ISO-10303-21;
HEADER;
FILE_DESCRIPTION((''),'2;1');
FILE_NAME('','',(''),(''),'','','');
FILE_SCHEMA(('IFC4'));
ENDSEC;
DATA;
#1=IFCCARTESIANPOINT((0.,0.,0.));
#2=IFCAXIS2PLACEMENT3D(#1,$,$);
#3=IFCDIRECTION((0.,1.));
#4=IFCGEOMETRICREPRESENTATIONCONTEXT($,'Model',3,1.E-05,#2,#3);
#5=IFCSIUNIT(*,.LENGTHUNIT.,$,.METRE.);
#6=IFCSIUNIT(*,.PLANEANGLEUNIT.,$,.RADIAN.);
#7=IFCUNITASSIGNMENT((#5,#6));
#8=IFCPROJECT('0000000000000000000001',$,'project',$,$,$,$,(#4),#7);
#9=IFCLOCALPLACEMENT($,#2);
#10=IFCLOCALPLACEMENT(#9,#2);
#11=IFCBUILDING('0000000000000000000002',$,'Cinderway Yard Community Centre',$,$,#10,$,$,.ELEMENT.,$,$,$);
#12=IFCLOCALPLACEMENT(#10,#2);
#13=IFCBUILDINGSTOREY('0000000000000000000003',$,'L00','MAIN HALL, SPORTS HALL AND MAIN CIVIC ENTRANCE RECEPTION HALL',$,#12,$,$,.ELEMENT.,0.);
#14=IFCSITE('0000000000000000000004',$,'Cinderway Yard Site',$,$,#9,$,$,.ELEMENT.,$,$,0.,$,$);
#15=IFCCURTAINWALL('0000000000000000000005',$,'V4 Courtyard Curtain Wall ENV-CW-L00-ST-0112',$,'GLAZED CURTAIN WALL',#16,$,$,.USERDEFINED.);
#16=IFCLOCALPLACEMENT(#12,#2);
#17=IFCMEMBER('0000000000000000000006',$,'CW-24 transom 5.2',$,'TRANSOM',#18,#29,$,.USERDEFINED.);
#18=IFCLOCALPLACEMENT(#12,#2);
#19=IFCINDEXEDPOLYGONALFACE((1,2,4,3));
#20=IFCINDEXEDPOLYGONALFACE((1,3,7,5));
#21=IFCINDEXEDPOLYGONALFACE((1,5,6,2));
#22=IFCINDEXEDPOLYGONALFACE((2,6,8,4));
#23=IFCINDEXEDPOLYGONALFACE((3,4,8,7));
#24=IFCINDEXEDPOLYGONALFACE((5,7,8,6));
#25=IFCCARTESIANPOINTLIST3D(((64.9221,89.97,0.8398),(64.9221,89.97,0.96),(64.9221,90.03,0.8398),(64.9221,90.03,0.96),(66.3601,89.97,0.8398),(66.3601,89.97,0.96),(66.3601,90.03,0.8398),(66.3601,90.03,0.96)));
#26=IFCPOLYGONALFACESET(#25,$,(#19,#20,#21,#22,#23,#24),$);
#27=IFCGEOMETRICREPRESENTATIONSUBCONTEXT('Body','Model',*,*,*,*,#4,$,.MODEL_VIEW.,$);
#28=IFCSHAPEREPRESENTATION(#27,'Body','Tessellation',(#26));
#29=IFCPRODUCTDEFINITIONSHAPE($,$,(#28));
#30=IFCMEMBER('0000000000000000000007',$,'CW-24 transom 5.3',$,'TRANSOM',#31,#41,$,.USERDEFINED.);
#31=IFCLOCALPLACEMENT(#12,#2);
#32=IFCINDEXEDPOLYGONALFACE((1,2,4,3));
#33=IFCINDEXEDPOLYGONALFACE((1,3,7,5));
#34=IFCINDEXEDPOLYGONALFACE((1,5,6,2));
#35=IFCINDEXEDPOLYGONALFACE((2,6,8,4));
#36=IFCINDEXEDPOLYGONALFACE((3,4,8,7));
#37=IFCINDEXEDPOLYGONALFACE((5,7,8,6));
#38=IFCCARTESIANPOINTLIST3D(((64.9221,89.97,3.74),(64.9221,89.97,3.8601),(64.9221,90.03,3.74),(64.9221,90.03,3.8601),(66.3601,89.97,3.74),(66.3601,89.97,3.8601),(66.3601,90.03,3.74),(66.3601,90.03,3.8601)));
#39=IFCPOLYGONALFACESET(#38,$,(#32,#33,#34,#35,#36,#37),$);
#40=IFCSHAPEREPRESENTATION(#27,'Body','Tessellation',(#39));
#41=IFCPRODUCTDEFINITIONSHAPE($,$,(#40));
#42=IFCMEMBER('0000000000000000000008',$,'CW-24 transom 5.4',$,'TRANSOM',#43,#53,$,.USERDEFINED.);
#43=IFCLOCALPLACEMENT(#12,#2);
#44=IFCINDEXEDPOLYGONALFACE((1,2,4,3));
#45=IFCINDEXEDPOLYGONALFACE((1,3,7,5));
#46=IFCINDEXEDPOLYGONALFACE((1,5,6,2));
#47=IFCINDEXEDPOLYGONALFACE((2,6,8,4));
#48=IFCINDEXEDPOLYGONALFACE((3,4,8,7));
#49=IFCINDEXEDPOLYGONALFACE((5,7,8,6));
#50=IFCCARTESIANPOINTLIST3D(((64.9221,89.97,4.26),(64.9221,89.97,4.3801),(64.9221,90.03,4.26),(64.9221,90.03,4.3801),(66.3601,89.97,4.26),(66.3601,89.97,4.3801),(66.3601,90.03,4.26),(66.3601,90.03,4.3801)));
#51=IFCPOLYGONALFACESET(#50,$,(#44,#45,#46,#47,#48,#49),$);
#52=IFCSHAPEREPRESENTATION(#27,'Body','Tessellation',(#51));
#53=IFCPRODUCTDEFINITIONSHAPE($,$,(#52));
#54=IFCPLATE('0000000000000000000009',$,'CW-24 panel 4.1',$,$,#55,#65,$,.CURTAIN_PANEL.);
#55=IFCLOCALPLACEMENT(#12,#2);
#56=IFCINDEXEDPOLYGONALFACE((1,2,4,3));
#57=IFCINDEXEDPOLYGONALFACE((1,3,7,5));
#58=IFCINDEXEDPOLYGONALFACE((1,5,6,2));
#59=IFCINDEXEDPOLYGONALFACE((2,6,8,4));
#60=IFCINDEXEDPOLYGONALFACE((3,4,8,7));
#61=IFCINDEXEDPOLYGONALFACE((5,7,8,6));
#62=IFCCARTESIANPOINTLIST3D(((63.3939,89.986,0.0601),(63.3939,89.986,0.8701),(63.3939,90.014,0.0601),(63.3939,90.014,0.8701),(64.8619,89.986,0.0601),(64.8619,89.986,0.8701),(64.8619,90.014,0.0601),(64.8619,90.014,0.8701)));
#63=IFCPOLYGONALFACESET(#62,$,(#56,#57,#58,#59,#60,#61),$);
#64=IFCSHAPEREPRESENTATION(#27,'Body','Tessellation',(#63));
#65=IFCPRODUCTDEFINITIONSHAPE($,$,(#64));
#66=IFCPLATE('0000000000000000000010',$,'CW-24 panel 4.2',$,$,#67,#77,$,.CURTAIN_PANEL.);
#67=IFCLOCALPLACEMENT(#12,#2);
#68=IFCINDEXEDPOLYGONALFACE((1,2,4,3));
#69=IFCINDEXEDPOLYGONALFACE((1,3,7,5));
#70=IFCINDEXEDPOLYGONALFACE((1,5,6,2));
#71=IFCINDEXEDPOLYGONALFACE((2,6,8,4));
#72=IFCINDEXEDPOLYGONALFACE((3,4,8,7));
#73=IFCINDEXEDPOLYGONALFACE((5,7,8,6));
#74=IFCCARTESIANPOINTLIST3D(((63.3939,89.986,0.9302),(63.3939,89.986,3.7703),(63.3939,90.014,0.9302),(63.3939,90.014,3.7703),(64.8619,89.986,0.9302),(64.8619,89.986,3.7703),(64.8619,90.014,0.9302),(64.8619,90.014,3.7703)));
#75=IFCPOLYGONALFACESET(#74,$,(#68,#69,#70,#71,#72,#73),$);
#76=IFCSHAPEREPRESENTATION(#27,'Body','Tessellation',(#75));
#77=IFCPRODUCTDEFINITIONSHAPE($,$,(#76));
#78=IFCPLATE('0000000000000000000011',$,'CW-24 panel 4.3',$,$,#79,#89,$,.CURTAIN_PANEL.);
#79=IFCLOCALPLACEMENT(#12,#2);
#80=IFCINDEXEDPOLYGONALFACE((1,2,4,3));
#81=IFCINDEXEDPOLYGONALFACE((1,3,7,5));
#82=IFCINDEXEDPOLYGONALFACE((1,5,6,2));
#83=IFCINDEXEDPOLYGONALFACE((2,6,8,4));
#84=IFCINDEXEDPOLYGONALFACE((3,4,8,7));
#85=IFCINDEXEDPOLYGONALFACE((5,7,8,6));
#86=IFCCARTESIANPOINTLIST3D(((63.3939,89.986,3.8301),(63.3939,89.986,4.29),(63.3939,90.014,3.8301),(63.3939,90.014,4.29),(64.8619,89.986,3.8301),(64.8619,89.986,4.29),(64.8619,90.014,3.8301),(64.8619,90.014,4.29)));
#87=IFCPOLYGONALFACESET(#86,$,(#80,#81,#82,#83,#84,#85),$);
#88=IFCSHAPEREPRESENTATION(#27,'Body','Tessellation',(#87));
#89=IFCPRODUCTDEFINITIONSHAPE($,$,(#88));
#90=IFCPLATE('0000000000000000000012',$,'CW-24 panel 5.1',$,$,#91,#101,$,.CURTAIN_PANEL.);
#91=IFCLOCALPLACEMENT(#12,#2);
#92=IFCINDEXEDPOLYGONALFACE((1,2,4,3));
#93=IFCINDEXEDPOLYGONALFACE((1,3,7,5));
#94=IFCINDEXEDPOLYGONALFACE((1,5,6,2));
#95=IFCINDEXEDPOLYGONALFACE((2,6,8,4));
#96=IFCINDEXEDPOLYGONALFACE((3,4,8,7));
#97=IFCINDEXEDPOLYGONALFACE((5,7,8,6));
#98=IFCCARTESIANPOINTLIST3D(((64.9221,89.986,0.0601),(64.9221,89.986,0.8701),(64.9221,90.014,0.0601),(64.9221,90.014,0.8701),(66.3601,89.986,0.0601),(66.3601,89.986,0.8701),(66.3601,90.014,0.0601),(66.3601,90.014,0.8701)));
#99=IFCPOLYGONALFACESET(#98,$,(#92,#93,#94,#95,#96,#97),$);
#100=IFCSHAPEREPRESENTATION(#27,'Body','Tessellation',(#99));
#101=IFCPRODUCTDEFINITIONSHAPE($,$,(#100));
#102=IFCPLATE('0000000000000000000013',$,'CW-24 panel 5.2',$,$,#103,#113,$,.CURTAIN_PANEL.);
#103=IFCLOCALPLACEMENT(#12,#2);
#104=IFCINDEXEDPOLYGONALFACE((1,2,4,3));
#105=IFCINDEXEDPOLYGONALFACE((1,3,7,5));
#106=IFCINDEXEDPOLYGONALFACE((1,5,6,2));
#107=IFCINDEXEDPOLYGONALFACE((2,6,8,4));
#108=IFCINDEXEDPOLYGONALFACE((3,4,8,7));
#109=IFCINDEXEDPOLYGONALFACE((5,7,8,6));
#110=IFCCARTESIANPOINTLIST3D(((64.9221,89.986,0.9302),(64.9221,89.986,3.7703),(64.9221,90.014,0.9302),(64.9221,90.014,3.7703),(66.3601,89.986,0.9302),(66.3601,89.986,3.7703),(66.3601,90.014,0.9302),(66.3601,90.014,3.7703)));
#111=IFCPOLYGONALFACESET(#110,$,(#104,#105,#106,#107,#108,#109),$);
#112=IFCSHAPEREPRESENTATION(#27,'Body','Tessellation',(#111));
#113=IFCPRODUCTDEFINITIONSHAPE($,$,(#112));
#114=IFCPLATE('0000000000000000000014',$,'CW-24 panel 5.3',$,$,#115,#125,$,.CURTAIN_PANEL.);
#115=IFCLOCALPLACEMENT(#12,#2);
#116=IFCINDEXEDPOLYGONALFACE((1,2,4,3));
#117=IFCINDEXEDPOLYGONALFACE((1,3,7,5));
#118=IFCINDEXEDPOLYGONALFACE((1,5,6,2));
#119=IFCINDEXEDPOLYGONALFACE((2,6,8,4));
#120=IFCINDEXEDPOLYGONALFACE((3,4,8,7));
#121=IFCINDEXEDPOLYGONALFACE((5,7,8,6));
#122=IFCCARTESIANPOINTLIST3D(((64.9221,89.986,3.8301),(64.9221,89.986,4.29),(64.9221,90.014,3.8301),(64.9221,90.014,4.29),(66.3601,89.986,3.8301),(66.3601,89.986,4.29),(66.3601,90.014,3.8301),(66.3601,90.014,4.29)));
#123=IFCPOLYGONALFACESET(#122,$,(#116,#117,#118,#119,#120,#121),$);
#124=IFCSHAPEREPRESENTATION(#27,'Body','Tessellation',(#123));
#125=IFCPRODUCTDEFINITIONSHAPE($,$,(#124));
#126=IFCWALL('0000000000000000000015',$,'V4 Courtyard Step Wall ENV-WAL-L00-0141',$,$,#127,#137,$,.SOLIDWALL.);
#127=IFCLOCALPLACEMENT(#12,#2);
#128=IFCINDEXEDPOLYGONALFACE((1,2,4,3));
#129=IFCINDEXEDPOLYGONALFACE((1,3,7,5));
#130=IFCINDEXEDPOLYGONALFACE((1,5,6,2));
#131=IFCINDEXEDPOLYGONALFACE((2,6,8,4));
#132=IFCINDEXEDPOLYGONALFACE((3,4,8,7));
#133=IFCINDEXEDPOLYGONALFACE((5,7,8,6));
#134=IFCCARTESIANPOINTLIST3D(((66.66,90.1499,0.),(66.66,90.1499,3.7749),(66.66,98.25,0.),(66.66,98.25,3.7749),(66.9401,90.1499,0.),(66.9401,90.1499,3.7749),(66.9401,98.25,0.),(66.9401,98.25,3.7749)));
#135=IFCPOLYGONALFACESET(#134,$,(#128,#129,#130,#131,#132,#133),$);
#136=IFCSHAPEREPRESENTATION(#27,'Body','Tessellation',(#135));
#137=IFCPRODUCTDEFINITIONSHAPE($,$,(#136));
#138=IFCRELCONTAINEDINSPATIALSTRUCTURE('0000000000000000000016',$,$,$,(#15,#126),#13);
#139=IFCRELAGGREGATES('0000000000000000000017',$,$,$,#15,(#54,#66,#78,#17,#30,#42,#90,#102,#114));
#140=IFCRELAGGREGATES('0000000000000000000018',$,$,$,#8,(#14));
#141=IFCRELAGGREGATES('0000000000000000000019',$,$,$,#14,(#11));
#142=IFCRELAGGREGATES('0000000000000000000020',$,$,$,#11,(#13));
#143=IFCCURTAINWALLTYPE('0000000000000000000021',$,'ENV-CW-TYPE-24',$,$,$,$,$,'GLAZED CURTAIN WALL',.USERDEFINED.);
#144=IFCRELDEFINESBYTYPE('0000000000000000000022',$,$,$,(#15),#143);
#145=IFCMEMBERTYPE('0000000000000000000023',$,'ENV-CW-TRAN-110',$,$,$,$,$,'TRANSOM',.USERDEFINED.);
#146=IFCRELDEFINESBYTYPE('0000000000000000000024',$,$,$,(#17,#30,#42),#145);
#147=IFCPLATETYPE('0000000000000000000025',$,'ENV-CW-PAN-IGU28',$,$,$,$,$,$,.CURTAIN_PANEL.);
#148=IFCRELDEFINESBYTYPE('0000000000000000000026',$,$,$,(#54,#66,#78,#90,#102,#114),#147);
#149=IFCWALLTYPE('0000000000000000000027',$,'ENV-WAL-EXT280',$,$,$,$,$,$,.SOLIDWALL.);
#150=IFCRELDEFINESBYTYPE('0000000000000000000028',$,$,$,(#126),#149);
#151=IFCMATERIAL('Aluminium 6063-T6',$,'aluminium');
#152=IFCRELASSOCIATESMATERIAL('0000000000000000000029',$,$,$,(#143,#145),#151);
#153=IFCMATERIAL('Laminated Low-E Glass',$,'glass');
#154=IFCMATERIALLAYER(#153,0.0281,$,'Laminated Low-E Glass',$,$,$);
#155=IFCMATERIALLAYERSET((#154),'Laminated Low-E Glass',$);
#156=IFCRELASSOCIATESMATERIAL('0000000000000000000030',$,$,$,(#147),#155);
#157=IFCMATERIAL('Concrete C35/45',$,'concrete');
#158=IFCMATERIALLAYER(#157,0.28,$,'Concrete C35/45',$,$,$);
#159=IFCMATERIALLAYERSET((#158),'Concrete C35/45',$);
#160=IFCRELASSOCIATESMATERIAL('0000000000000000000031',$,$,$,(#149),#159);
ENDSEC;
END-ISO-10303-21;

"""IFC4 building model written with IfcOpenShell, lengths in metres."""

from ifc_helpers import new_model, si_unit, direction, frame, frame_2d, origin, origin_2d, place, context, subcontext, project, spatial, rectangle, extrude, material, layer, layer_set, material_profile, profile_set, type_object, element, aggregate, save


model = new_model("IFC4")

# Units and contexts
model_context = context("Model", 3, precision=1e-05, world=origin(), true_north=direction((0.0, 1.0)))
body_context = subcontext(model_context, "Body", "Model", "MODEL_VIEW")
ifc_project = project(units=[si_unit("LENGTHUNIT", "METRE"), si_unit("PLANEANGLEUNIT", "RADIAN")], contexts=[model_context])

# Site, building, storey
site_placement = place(None, origin())
site = spatial("IfcSite", under=ifc_project, at=site_placement, Name="Cinderway Yard Site", CompositionType="ELEMENT", RefElevation=0.0)
building_placement = place(site_placement, origin())
building = spatial("IfcBuilding", under=site, at=building_placement, Name="Cinderway Yard Community Centre", CompositionType="ELEMENT")
storey_placement = place(building_placement, origin())
storey = spatial("IfcBuildingStorey", under=building, at=storey_placement, Name="L00", Description="MAIN HALL, SPORTS HALL AND MAIN CIVIC ENTRANCE RECEPTION HALL", CompositionType="ELEMENT", Elevation=0.0)

# Curtain wall, members, plates
ifc_material_1 = material(Name="Aluminium 6063-T6", Category="aluminium")
curtain_wall_type = type_object("IfcCurtainWallType", Name="ENV-CW-TYPE-24", ElementType="GLAZED CURTAIN WALL", PredefinedType="USERDEFINED", material=ifc_material_1)
curtain_wall_placement = place(storey_placement, origin())
curtain_wall = element("IfcCurtainWall", 1, at=curtain_wall_placement, inside=storey, type_object=curtain_wall_type, Name="V4 Courtyard Curtain Wall ENV-CW-L00-ST-0112", ObjectType="GLAZED CURTAIN WALL", PredefinedType="USERDEFINED")
ifc_material_profile_1 = material_profile(ifc_material_1, rectangle(XDim=0.0601, YDim=0.1201, at=origin_2d()), Name="Aluminium 6063-T6")
ifc_profile_set_1 = profile_set([ifc_material_profile_1], Name="Aluminium 6063-T6")
member_type_1 = type_object("IfcMemberType", Name="ENV-CW-TRAN-110", ElementType="TRANSOM", PredefinedType="USERDEFINED", material=ifc_profile_set_1)
member_1_placement = place(storey_placement, frame((64.9221, 90.0, 0.8999), z_axis=(1.0, 0.0, 0.0), x_axis=(0.0, 1.0, 0.0)))
member_1 = element("IfcMember", 2, at=member_1_placement, type_object=member_type_1, Name="CW-24 transom 5.2", ObjectType="TRANSOM", PredefinedType="USERDEFINED", context=body_context, shape_type="SweptSolid", body=[
    extrude(rectangle(XDim=0.0601, YDim=0.1201, at=origin_2d()), origin(), (0.0, 0.0, 1.0), 1.438),
])
member_2_placement = place(storey_placement, frame((64.9221, 90.0, 3.8), z_axis=(1.0, 0.0, 0.0), x_axis=(0.0, 1.0, 0.0)))
member_2 = element("IfcMember", 3, at=member_2_placement, type_object=member_type_1, Name="CW-24 transom 5.3", ObjectType="TRANSOM", PredefinedType="USERDEFINED", context=body_context, shape_type="SweptSolid", body=[
    extrude(rectangle(XDim=0.0601, YDim=0.1201, at=origin_2d()), origin(), (0.0, 0.0, 1.0), 1.438),
])
member_3_placement = place(storey_placement, frame((64.9221, 90.0, 4.3201), z_axis=(1.0, 0.0, 0.0), x_axis=(0.0, 1.0, 0.0)))
member_3 = element("IfcMember", 4, at=member_3_placement, type_object=member_type_1, Name="CW-24 transom 5.4", ObjectType="TRANSOM", PredefinedType="USERDEFINED", context=body_context, shape_type="SweptSolid", body=[
    extrude(rectangle(XDim=0.0601, YDim=0.1201, at=origin_2d()), origin(), (0.0, 0.0, 1.0), 1.438),
])
ifc_material_2 = material(Name="Laminated Low-E Glass", Category="glass")
ifc_layer_1 = layer(ifc_material_2, 0.0281, Name="Laminated Low-E Glass")
ifc_layer_set_1 = layer_set([ifc_layer_1], Name="Laminated Low-E Glass")
plate_type = type_object("IfcPlateType", Name="ENV-CW-PAN-IGU28", PredefinedType="CURTAIN_PANEL", material=ifc_layer_set_1)
plate_1_placement = place(storey_placement, frame((64.1279, 90.0, 0.0601), z_axis=(0.0, 0.0, 1.0), x_axis=(1.0, 0.0, 0.0)))
plate_1 = element("IfcPlate", 5, at=plate_1_placement, type_object=plate_type, Name="CW-24 panel 4.1", PredefinedType="CURTAIN_PANEL", context=body_context, shape_type="SweptSolid", body=[
    extrude(rectangle(XDim=1.468, YDim=0.0281, at=origin_2d()), origin(), (0.0, 0.0, 1.0), 0.8101),
])
plate_2_placement = place(storey_placement, frame((64.1279, 90.0, 0.9302), z_axis=(0.0, 0.0, 1.0), x_axis=(1.0, 0.0, 0.0)))
plate_2 = element("IfcPlate", 6, at=plate_2_placement, type_object=plate_type, Name="CW-24 panel 4.2", PredefinedType="CURTAIN_PANEL", context=body_context, shape_type="SweptSolid", body=[
    extrude(rectangle(XDim=1.468, YDim=0.0281, at=origin_2d()), origin(), (0.0, 0.0, 1.0), 2.8401),
])
plate_3_placement = place(storey_placement, frame((64.1279, 90.0, 3.8301), z_axis=(0.0, 0.0, 1.0), x_axis=(1.0, 0.0, 0.0)))
plate_3 = element("IfcPlate", 7, at=plate_3_placement, type_object=plate_type, Name="CW-24 panel 4.3", PredefinedType="CURTAIN_PANEL", context=body_context, shape_type="SweptSolid", body=[
    extrude(rectangle(XDim=1.468, YDim=0.0281, at=origin_2d()), origin(), (0.0, 0.0, 1.0), 0.46),
])
plate_4_placement = place(storey_placement, frame((65.6411, 90.0, 0.0601), z_axis=(0.0, 0.0, 1.0), x_axis=(1.0, 0.0, 0.0)))
plate_4 = element("IfcPlate", 8, at=plate_4_placement, type_object=plate_type, Name="CW-24 panel 5.1", PredefinedType="CURTAIN_PANEL", context=body_context, shape_type="SweptSolid", body=[
    extrude(rectangle(XDim=1.438, YDim=0.0281, at=origin_2d()), origin(), (0.0, 0.0, 1.0), 0.8101),
])
plate_5_placement = place(storey_placement, frame((65.6411, 90.0, 0.9302), z_axis=(0.0, 0.0, 1.0), x_axis=(1.0, 0.0, 0.0)))
plate_5 = element("IfcPlate", 9, at=plate_5_placement, type_object=plate_type, Name="CW-24 panel 5.2", PredefinedType="CURTAIN_PANEL", context=body_context, shape_type="SweptSolid", body=[
    extrude(rectangle(XDim=1.438, YDim=0.0281, at=origin_2d()), origin(), (0.0, 0.0, 1.0), 2.8401),
])
plate_6_placement = place(storey_placement, frame((65.6411, 90.0, 3.8301), z_axis=(0.0, 0.0, 1.0), x_axis=(1.0, 0.0, 0.0)))
plate_6 = element("IfcPlate", 10, at=plate_6_placement, type_object=plate_type, Name="CW-24 panel 5.3", PredefinedType="CURTAIN_PANEL", context=body_context, shape_type="SweptSolid", body=[
    extrude(rectangle(XDim=1.438, YDim=0.0281, at=origin_2d()), origin(), (0.0, 0.0, 1.0), 0.46),
])
aggregate(curtain_wall, [plate_1, plate_2, plate_3, member_1, member_2, member_3, plate_4, plate_5, plate_6])

# Wall
ifc_material_3 = material(Name="Concrete C35/45", Category="concrete")
ifc_layer_2 = layer(ifc_material_3, 0.28, Name="Concrete C35/45")
ifc_layer_set_2 = layer_set([ifc_layer_2], Name="Concrete C35/45")
wall_type = type_object("IfcWallType", Name="ENV-WAL-EXT280", PredefinedType="SOLIDWALL", material=ifc_layer_set_2)
wall_placement = place(storey_placement, frame((66.8, 90.1499, 0.0), z_axis=(0.0, 0.0, 1.0), x_axis=(0.0, 1.0, 0.0)))
element("IfcWall", 11, at=wall_placement, inside=storey, type_object=wall_type, Name="V4 Courtyard Step Wall ENV-WAL-L00-0141", PredefinedType="SOLIDWALL", context=body_context, shape_type="SweptSolid", body=[
    extrude(rectangle(XDim=8.1001, YDim=0.28, at=frame_2d((4.05, 0.0))), origin(), (0.0, 0.0, 1.0), 3.7749),
])

save(model, "model.ifc")
